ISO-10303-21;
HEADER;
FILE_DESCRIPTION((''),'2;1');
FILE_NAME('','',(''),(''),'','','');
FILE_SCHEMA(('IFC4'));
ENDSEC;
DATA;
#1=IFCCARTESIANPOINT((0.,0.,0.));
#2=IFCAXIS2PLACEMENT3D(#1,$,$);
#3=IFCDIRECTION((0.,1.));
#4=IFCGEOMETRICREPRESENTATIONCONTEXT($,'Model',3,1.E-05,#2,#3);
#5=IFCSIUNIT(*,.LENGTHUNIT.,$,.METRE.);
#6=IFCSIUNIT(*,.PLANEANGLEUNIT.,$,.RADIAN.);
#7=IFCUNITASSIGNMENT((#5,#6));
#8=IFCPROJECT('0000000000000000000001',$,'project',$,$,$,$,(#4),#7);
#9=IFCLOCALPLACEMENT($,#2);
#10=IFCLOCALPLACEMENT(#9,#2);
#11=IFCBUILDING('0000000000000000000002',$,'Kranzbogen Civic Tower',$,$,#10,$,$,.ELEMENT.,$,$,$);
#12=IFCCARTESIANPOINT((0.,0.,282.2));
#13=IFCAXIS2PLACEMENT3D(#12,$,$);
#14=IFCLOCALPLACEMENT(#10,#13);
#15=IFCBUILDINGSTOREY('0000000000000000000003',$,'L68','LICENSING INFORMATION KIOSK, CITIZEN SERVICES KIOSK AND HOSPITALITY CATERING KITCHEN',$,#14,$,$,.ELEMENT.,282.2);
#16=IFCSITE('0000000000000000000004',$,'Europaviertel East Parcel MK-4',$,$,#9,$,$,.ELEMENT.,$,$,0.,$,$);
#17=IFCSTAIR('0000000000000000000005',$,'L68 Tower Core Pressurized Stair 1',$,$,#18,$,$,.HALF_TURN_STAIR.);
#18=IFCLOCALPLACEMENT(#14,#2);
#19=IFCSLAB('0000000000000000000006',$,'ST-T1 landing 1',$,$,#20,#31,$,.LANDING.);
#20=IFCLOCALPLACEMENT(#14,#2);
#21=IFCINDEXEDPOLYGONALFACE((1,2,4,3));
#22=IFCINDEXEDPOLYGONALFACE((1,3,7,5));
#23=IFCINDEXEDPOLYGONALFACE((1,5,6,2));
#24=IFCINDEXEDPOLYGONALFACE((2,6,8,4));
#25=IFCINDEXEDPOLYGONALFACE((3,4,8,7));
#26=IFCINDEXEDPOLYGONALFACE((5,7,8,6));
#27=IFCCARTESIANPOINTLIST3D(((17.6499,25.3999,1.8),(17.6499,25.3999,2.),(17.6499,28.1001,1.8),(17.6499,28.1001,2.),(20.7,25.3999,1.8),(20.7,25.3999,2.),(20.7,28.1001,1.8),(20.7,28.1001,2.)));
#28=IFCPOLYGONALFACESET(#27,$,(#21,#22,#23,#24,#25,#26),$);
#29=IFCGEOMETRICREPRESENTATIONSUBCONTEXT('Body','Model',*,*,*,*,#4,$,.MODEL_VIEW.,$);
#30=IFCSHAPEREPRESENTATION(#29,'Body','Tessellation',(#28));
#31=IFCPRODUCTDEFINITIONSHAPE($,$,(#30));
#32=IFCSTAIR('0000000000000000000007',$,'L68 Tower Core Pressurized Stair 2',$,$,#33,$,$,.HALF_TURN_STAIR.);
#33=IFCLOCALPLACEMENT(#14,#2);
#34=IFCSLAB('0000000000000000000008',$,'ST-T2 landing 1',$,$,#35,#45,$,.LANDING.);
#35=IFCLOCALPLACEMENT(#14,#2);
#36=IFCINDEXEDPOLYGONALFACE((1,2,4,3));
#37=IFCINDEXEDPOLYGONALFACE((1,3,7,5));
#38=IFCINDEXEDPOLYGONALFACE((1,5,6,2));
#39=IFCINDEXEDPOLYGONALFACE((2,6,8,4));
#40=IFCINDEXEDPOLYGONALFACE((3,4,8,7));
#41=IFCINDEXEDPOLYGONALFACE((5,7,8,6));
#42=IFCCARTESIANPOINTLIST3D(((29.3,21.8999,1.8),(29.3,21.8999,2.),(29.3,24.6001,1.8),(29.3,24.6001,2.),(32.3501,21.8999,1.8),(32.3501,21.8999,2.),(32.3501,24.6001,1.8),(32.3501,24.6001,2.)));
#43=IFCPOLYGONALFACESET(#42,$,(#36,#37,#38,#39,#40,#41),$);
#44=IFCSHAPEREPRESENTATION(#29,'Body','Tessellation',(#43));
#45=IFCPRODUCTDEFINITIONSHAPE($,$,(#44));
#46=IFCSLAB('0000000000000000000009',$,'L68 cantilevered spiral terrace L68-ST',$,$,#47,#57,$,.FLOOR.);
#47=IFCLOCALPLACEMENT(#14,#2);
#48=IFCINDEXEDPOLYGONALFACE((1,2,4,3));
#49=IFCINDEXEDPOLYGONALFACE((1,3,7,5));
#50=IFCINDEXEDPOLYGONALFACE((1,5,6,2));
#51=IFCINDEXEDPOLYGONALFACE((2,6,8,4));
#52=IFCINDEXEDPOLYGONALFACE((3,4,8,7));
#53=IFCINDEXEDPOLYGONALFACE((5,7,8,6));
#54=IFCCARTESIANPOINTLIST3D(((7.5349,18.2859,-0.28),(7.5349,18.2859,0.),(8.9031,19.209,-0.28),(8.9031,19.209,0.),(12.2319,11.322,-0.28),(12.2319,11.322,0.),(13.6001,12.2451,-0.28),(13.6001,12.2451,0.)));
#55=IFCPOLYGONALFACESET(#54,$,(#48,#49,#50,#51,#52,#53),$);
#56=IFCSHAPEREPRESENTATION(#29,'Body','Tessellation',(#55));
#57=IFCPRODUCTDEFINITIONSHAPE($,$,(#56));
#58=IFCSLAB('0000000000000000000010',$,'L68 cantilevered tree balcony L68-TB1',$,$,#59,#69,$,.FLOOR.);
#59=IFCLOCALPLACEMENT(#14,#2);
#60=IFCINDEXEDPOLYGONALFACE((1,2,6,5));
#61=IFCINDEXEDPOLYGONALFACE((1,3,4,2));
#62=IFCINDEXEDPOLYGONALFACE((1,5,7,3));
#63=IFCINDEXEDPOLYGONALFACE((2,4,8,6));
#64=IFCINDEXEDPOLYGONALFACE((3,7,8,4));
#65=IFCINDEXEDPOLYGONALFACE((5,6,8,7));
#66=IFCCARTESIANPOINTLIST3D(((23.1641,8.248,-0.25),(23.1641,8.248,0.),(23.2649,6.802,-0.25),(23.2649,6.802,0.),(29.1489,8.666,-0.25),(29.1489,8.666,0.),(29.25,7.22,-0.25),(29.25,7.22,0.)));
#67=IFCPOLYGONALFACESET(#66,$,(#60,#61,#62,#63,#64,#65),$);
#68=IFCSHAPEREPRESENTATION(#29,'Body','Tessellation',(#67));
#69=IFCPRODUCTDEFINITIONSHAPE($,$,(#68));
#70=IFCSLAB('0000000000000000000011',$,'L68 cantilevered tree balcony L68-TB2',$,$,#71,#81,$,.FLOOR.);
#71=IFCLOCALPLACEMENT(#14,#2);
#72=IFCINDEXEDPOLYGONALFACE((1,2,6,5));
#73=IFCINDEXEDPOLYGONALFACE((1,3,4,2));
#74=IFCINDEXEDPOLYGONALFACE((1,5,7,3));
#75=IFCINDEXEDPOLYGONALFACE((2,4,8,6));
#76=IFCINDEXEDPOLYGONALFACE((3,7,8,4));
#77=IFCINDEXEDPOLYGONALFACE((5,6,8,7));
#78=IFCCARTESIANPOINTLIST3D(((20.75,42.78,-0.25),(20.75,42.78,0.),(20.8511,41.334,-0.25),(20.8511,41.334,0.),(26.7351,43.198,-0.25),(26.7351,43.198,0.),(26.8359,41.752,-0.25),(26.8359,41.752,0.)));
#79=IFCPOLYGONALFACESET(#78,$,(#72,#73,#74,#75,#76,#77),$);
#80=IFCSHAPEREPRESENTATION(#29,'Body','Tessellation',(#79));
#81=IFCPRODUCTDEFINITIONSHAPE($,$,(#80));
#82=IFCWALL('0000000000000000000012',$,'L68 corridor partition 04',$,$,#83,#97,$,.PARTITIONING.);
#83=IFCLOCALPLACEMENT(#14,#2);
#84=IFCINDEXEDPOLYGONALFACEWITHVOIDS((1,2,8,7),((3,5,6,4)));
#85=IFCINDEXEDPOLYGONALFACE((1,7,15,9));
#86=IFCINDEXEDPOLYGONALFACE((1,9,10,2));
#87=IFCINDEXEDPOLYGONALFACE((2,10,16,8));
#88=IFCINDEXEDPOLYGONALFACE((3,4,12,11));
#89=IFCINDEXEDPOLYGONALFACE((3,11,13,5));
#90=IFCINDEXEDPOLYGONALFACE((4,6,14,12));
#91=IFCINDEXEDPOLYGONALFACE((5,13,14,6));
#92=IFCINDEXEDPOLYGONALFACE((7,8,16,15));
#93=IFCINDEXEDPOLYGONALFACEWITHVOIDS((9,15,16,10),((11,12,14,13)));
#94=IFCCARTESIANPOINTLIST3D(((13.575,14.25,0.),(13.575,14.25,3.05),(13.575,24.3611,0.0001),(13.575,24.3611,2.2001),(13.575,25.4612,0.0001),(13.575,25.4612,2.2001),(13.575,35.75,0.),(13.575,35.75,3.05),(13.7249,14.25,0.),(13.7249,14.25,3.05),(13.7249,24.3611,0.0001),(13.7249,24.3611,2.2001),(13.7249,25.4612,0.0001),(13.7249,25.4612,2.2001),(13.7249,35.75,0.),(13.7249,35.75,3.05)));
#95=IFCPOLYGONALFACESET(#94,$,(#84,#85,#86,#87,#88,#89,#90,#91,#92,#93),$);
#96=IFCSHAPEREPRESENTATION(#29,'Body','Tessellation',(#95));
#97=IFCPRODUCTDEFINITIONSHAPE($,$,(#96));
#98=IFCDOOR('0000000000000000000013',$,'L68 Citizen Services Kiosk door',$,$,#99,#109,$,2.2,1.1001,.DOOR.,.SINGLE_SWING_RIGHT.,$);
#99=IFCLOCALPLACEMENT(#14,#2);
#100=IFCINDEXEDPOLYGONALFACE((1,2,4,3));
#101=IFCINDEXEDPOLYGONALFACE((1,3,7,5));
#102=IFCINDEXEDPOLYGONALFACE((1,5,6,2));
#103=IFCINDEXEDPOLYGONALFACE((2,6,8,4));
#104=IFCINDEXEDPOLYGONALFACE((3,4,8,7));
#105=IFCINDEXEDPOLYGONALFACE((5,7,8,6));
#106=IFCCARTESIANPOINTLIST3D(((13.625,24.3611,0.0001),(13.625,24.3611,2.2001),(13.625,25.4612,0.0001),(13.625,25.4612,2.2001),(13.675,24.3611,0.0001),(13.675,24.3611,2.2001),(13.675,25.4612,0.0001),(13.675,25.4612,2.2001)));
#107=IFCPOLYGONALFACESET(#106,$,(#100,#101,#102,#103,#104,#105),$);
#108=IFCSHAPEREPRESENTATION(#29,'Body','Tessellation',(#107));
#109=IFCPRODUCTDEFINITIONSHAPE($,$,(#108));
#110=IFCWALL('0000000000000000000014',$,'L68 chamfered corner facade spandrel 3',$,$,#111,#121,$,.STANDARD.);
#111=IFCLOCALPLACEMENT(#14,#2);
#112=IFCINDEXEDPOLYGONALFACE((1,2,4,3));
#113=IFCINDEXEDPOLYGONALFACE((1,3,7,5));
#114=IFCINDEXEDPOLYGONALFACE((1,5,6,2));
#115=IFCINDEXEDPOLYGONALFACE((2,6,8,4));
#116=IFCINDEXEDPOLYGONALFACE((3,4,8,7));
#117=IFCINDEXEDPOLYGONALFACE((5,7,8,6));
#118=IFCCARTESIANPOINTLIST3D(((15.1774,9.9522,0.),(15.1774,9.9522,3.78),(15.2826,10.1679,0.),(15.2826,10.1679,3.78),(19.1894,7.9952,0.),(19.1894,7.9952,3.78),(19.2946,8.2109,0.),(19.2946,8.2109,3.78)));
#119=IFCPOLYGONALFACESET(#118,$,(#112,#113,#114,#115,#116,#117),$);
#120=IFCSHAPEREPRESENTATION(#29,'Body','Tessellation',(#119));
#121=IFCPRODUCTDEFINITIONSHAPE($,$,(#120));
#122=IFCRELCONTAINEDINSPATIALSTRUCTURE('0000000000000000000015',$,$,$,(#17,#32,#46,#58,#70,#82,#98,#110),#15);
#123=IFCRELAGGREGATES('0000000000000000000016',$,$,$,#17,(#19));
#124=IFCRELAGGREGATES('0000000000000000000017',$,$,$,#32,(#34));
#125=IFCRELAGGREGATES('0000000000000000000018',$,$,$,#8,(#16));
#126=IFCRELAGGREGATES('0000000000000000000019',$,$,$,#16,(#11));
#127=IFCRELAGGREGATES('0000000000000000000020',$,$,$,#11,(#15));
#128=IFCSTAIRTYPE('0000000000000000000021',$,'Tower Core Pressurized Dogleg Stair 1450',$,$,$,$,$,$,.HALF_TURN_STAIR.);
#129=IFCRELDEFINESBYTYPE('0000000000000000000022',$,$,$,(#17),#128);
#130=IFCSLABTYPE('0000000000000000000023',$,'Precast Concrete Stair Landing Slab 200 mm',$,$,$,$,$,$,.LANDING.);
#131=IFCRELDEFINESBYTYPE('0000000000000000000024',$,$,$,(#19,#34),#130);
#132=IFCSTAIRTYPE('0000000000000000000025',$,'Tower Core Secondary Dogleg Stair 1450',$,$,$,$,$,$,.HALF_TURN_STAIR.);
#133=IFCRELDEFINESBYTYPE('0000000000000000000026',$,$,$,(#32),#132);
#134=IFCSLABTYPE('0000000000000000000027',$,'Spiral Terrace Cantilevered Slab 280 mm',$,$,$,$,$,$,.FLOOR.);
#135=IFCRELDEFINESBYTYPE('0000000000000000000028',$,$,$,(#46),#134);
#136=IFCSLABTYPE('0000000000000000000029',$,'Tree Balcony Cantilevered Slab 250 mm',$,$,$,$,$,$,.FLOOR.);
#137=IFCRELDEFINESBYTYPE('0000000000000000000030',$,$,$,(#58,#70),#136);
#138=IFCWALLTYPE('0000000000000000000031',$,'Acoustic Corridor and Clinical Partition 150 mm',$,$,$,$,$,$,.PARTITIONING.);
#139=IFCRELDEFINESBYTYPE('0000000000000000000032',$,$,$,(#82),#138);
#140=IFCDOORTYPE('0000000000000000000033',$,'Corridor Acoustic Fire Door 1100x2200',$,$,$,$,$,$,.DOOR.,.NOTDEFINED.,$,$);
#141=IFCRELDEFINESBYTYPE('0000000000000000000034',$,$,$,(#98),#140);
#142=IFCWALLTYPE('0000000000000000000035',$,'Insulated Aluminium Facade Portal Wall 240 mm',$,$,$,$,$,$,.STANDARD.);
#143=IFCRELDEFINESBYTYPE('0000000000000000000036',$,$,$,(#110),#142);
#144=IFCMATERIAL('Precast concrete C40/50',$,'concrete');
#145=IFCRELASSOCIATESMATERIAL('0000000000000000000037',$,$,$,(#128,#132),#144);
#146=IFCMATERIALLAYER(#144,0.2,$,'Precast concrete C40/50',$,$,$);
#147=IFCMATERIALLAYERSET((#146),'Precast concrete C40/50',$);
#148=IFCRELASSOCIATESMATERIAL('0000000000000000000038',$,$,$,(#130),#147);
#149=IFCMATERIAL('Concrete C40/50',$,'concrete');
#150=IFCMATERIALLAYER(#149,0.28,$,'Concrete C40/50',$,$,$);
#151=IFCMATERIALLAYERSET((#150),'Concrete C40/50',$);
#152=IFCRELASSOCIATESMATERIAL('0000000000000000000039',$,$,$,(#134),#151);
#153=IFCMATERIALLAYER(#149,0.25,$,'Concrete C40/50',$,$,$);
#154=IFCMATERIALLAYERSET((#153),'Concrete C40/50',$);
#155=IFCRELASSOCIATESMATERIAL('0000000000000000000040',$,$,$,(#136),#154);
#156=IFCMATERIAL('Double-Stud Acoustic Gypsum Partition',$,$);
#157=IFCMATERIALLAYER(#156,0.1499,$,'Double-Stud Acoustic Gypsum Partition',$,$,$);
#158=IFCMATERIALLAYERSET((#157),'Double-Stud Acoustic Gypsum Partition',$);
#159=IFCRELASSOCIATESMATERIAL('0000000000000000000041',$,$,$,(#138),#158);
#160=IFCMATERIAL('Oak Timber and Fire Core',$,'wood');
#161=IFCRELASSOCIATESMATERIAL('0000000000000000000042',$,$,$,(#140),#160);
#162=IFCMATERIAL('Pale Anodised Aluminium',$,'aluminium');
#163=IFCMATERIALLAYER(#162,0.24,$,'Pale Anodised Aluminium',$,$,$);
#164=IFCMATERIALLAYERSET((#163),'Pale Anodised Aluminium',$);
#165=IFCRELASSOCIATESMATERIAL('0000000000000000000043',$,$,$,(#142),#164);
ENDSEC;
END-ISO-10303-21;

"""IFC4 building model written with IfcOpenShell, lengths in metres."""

from ifc_helpers import new_model, si_unit, direction, frame, frame_2d, origin, place, context, subcontext, project, spatial, polyline, rectangle, outline, extrude, material, layer, layer_set, type_object, element, fill, aggregate, save


model = new_model("IFC4")

# Units and contexts
model_context = context("Model", 3, precision=1e-05, world=origin(), true_north=direction((0.0, 1.0)))
body_context = subcontext(model_context, "Body", "Model", "MODEL_VIEW")
ifc_project = project(units=[si_unit("LENGTHUNIT", "METRE"), si_unit("PLANEANGLEUNIT", "RADIAN")], contexts=[model_context])

# Site, building, storey
site_placement = place(None, origin())
site = spatial("IfcSite", under=ifc_project, at=site_placement, Name="Europaviertel East Parcel MK-4", CompositionType="ELEMENT", RefElevation=0.0)
building_placement = place(site_placement, origin())
building = spatial("IfcBuilding", under=site, at=building_placement, Name="Kranzbogen Civic Tower", CompositionType="ELEMENT")
storey_placement = place(building_placement, frame((0.0, 0.0, 282.2)))
storey = spatial("IfcBuildingStorey", under=building, at=storey_placement, Name="L68", Description="LICENSING INFORMATION KIOSK, CITIZEN SERVICES KIOSK AND HOSPITALITY CATERING KITCHEN", CompositionType="ELEMENT", Elevation=282.2)

# Shared definitions
ifc_material_1 = material(Name="Pale Anodised Aluminium", Category="aluminium")

# Shared definitions
ifc_material_2 = material(Name="Concrete C40/50", Category="concrete")

# Stairs, slabs
ifc_material_3 = material(Name="Precast concrete C40/50", Category="concrete")
stair_type_1 = type_object("IfcStairType", Name="Tower Core Pressurized Dogleg Stair 1450", PredefinedType="HALF_TURN_STAIR", material=ifc_material_3)
stair_1_placement = place(storey_placement, origin())
stair_1 = element("IfcStair", 1, at=stair_1_placement, inside=storey, type_object=stair_type_1, Name="L68 Tower Core Pressurized Stair 1", PredefinedType="HALF_TURN_STAIR")
ifc_layer_1 = layer(ifc_material_3, 0.2, Name="Precast concrete C40/50")
ifc_layer_set_1 = layer_set([ifc_layer_1], Name="Precast concrete C40/50")
slab_type_1 = type_object("IfcSlabType", Name="Precast Concrete Stair Landing Slab 200 mm", PredefinedType="LANDING", material=ifc_layer_set_1)
slab_1_placement = place(storey_placement, frame((0.0, 0.0, 1.8)))
slab_1 = element("IfcSlab", 2, at=slab_1_placement, type_object=slab_type_1, Name="ST-T1 landing 1", PredefinedType="LANDING", context=body_context, shape_type="SweptSolid", body=[
    extrude(outline(polyline([(20.7, 25.3999), (20.7, 28.1001), (17.6499, 28.1001), (17.6499, 25.3999), (20.7, 25.3999)])), origin(), (0.0, 0.0, 1.0), 0.2),
])
aggregate(stair_1, [slab_1])
stair_type_2 = type_object("IfcStairType", Name="Tower Core Secondary Dogleg Stair 1450", PredefinedType="HALF_TURN_STAIR", material=ifc_material_3)
stair_2_placement = place(storey_placement, origin())
stair_2 = element("IfcStair", 3, at=stair_2_placement, inside=storey, type_object=stair_type_2, Name="L68 Tower Core Pressurized Stair 2", PredefinedType="HALF_TURN_STAIR")
slab_2_placement = place(storey_placement, frame((0.0, 0.0, 1.8)))
slab_2 = element("IfcSlab", 4, at=slab_2_placement, type_object=slab_type_1, Name="ST-T2 landing 1", PredefinedType="LANDING", context=body_context, shape_type="SweptSolid", body=[
    extrude(outline(polyline([(29.3, 24.6001), (29.3, 21.8999), (32.3501, 21.8999), (32.3501, 24.6001), (29.3, 24.6001)])), origin(), (0.0, 0.0, 1.0), 0.2),
])
aggregate(stair_2, [slab_2])

# Slabs
ifc_layer_2 = layer(ifc_material_2, 0.28, Name="Concrete C40/50")
ifc_layer_set_2 = layer_set([ifc_layer_2], Name="Concrete C40/50")
slab_type_2 = type_object("IfcSlabType", Name="Spiral Terrace Cantilevered Slab 280 mm", PredefinedType="FLOOR", material=ifc_layer_set_2)
slab_3_placement = place(storey_placement, frame((0.0, 0.0, -0.28)))
element("IfcSlab", 5, at=slab_3_placement, inside=storey, type_object=slab_type_2, Name="L68 cantilevered spiral terrace L68-ST", PredefinedType="FLOOR", context=body_context, shape_type="SweptSolid", body=[
    extrude(outline(polyline([(8.9031, 19.209), (13.6001, 12.2451), (12.2319, 11.322), (7.5349, 18.2859), (8.9031, 19.209)])), origin(), (0.0, 0.0, 1.0), 0.28),
])
ifc_layer_3 = layer(ifc_material_2, 0.25, Name="Concrete C40/50")
ifc_layer_set_3 = layer_set([ifc_layer_3], Name="Concrete C40/50")
slab_type_3 = type_object("IfcSlabType", Name="Tree Balcony Cantilevered Slab 250 mm", PredefinedType="FLOOR", material=ifc_layer_set_3)
slab_4_placement = place(storey_placement, frame((0.0, 0.0, -0.25)))
element("IfcSlab", 6, at=slab_4_placement, inside=storey, type_object=slab_type_3, Name="L68 cantilevered tree balcony L68-TB1", PredefinedType="FLOOR", context=body_context, shape_type="SweptSolid", body=[
    extrude(outline(polyline([(23.1641, 8.248), (29.1489, 8.666), (29.25, 7.22), (23.2649, 6.802), (23.1641, 8.248)])), origin(), (0.0, 0.0, 1.0), 0.25),
])
slab_5_placement = place(storey_placement, frame((0.0, 0.0, -0.25)))
element("IfcSlab", 7, at=slab_5_placement, inside=storey, type_object=slab_type_3, Name="L68 cantilevered tree balcony L68-TB2", PredefinedType="FLOOR", context=body_context, shape_type="SweptSolid", body=[
    extrude(outline(polyline([(26.8359, 41.752), (20.8511, 41.334), (20.75, 42.78), (26.7351, 43.198), (26.8359, 41.752)])), origin(), (0.0, 0.0, 1.0), 0.25),
])

# Wall, opening, door
ifc_material_4 = material(Name="Double-Stud Acoustic Gypsum Partition")
ifc_layer_4 = layer(ifc_material_4, 0.1499, Name="Double-Stud Acoustic Gypsum Partition")
ifc_layer_set_4 = layer_set([ifc_layer_4], Name="Double-Stud Acoustic Gypsum Partition")
wall_type_1 = type_object("IfcWallType", Name="Acoustic Corridor and Clinical Partition 150 mm", PredefinedType="PARTITIONING", material=ifc_layer_set_4)
wall_1_placement = place(storey_placement, frame((13.6499, 14.25, 0.0), z_axis=(0.0, 0.0, 1.0), x_axis=(0.0, 1.0, 0.0)))
wall_1 = element("IfcWall", 8, at=wall_1_placement, inside=storey, type_object=wall_type_1, Name="L68 corridor partition 04", PredefinedType="PARTITIONING", context=body_context, shape_type="SweptSolid", body=[
    extrude(rectangle(XDim=21.5, YDim=0.1499, at=frame_2d((10.75, 0.0))), origin(), (0.0, 0.0, 1.0), 3.05),
])
opening_placement = place(wall_1_placement, frame((10.1111, 0.0, 0.0)))
opening = element("IfcOpeningElement", 9, at=opening_placement, cuts=wall_1, PredefinedType="OPENING", context=body_context, shape_type="SweptSolid", body=[
    extrude(rectangle(XDim=1.1001, YDim=2.2, at=frame_2d((0.55, 1.1001))), frame((0.0, 0.085, 0.0), z_axis=(0.0, -1.0, 0.0), x_axis=(1.0, 0.0, 0.0)), (0.0, 0.0, 1.0), 0.1699),
])
ifc_material_5 = material(Name="Oak Timber and Fire Core", Category="wood")
door_type = type_object("IfcDoorType", Name="Corridor Acoustic Fire Door 1100x2200", OperationType="NOTDEFINED", PredefinedType="DOOR", material=ifc_material_5)
door_placement = place(opening_placement, origin())
door = element("IfcDoor", 10, at=door_placement, inside=storey, type_object=door_type, Name="L68 Citizen Services Kiosk door", OperationType="SINGLE_SWING_RIGHT", OverallHeight=2.2, OverallWidth=1.1001, PredefinedType="DOOR", context=body_context, shape_type="SweptSolid", body=[
    extrude(rectangle(XDim=1.1001, YDim=2.2, at=frame_2d((0.55, 1.1001))), frame((0.0, 0.0249, 0.0), z_axis=(0.0, -1.0, 0.0), x_axis=(1.0, 0.0, 0.0)), (0.0, 0.0, 1.0), 0.05),
])
fill(opening, door)

# Wall
ifc_layer_5 = layer(ifc_material_1, 0.24, Name="Pale Anodised Aluminium")
ifc_layer_set_5 = layer_set([ifc_layer_5], Name="Pale Anodised Aluminium")
wall_type_2 = type_object("IfcWallType", Name="Insulated Aluminium Facade Portal Wall 240 mm", PredefinedType="STANDARD", material=ifc_layer_set_5)
wall_2_placement = place(storey_placement, frame((15.23, 10.0601, 0.0), z_axis=(0.0, 0.0, 1.0), x_axis=(0.898771, -0.438419, 0.0)))
element("IfcWall", 11, at=wall_2_placement, inside=storey, type_object=wall_type_2, Name="L68 chamfered corner facade spandrel 3", PredefinedType="STANDARD", context=body_context, shape_type="SweptSolid", body=[
    extrude(rectangle(XDim=4.4639, YDim=0.24, at=frame_2d((2.2319, 0.0))), origin(), (0.0, 0.0, 1.0), 3.78),
])

save(model, "model.ifc")
